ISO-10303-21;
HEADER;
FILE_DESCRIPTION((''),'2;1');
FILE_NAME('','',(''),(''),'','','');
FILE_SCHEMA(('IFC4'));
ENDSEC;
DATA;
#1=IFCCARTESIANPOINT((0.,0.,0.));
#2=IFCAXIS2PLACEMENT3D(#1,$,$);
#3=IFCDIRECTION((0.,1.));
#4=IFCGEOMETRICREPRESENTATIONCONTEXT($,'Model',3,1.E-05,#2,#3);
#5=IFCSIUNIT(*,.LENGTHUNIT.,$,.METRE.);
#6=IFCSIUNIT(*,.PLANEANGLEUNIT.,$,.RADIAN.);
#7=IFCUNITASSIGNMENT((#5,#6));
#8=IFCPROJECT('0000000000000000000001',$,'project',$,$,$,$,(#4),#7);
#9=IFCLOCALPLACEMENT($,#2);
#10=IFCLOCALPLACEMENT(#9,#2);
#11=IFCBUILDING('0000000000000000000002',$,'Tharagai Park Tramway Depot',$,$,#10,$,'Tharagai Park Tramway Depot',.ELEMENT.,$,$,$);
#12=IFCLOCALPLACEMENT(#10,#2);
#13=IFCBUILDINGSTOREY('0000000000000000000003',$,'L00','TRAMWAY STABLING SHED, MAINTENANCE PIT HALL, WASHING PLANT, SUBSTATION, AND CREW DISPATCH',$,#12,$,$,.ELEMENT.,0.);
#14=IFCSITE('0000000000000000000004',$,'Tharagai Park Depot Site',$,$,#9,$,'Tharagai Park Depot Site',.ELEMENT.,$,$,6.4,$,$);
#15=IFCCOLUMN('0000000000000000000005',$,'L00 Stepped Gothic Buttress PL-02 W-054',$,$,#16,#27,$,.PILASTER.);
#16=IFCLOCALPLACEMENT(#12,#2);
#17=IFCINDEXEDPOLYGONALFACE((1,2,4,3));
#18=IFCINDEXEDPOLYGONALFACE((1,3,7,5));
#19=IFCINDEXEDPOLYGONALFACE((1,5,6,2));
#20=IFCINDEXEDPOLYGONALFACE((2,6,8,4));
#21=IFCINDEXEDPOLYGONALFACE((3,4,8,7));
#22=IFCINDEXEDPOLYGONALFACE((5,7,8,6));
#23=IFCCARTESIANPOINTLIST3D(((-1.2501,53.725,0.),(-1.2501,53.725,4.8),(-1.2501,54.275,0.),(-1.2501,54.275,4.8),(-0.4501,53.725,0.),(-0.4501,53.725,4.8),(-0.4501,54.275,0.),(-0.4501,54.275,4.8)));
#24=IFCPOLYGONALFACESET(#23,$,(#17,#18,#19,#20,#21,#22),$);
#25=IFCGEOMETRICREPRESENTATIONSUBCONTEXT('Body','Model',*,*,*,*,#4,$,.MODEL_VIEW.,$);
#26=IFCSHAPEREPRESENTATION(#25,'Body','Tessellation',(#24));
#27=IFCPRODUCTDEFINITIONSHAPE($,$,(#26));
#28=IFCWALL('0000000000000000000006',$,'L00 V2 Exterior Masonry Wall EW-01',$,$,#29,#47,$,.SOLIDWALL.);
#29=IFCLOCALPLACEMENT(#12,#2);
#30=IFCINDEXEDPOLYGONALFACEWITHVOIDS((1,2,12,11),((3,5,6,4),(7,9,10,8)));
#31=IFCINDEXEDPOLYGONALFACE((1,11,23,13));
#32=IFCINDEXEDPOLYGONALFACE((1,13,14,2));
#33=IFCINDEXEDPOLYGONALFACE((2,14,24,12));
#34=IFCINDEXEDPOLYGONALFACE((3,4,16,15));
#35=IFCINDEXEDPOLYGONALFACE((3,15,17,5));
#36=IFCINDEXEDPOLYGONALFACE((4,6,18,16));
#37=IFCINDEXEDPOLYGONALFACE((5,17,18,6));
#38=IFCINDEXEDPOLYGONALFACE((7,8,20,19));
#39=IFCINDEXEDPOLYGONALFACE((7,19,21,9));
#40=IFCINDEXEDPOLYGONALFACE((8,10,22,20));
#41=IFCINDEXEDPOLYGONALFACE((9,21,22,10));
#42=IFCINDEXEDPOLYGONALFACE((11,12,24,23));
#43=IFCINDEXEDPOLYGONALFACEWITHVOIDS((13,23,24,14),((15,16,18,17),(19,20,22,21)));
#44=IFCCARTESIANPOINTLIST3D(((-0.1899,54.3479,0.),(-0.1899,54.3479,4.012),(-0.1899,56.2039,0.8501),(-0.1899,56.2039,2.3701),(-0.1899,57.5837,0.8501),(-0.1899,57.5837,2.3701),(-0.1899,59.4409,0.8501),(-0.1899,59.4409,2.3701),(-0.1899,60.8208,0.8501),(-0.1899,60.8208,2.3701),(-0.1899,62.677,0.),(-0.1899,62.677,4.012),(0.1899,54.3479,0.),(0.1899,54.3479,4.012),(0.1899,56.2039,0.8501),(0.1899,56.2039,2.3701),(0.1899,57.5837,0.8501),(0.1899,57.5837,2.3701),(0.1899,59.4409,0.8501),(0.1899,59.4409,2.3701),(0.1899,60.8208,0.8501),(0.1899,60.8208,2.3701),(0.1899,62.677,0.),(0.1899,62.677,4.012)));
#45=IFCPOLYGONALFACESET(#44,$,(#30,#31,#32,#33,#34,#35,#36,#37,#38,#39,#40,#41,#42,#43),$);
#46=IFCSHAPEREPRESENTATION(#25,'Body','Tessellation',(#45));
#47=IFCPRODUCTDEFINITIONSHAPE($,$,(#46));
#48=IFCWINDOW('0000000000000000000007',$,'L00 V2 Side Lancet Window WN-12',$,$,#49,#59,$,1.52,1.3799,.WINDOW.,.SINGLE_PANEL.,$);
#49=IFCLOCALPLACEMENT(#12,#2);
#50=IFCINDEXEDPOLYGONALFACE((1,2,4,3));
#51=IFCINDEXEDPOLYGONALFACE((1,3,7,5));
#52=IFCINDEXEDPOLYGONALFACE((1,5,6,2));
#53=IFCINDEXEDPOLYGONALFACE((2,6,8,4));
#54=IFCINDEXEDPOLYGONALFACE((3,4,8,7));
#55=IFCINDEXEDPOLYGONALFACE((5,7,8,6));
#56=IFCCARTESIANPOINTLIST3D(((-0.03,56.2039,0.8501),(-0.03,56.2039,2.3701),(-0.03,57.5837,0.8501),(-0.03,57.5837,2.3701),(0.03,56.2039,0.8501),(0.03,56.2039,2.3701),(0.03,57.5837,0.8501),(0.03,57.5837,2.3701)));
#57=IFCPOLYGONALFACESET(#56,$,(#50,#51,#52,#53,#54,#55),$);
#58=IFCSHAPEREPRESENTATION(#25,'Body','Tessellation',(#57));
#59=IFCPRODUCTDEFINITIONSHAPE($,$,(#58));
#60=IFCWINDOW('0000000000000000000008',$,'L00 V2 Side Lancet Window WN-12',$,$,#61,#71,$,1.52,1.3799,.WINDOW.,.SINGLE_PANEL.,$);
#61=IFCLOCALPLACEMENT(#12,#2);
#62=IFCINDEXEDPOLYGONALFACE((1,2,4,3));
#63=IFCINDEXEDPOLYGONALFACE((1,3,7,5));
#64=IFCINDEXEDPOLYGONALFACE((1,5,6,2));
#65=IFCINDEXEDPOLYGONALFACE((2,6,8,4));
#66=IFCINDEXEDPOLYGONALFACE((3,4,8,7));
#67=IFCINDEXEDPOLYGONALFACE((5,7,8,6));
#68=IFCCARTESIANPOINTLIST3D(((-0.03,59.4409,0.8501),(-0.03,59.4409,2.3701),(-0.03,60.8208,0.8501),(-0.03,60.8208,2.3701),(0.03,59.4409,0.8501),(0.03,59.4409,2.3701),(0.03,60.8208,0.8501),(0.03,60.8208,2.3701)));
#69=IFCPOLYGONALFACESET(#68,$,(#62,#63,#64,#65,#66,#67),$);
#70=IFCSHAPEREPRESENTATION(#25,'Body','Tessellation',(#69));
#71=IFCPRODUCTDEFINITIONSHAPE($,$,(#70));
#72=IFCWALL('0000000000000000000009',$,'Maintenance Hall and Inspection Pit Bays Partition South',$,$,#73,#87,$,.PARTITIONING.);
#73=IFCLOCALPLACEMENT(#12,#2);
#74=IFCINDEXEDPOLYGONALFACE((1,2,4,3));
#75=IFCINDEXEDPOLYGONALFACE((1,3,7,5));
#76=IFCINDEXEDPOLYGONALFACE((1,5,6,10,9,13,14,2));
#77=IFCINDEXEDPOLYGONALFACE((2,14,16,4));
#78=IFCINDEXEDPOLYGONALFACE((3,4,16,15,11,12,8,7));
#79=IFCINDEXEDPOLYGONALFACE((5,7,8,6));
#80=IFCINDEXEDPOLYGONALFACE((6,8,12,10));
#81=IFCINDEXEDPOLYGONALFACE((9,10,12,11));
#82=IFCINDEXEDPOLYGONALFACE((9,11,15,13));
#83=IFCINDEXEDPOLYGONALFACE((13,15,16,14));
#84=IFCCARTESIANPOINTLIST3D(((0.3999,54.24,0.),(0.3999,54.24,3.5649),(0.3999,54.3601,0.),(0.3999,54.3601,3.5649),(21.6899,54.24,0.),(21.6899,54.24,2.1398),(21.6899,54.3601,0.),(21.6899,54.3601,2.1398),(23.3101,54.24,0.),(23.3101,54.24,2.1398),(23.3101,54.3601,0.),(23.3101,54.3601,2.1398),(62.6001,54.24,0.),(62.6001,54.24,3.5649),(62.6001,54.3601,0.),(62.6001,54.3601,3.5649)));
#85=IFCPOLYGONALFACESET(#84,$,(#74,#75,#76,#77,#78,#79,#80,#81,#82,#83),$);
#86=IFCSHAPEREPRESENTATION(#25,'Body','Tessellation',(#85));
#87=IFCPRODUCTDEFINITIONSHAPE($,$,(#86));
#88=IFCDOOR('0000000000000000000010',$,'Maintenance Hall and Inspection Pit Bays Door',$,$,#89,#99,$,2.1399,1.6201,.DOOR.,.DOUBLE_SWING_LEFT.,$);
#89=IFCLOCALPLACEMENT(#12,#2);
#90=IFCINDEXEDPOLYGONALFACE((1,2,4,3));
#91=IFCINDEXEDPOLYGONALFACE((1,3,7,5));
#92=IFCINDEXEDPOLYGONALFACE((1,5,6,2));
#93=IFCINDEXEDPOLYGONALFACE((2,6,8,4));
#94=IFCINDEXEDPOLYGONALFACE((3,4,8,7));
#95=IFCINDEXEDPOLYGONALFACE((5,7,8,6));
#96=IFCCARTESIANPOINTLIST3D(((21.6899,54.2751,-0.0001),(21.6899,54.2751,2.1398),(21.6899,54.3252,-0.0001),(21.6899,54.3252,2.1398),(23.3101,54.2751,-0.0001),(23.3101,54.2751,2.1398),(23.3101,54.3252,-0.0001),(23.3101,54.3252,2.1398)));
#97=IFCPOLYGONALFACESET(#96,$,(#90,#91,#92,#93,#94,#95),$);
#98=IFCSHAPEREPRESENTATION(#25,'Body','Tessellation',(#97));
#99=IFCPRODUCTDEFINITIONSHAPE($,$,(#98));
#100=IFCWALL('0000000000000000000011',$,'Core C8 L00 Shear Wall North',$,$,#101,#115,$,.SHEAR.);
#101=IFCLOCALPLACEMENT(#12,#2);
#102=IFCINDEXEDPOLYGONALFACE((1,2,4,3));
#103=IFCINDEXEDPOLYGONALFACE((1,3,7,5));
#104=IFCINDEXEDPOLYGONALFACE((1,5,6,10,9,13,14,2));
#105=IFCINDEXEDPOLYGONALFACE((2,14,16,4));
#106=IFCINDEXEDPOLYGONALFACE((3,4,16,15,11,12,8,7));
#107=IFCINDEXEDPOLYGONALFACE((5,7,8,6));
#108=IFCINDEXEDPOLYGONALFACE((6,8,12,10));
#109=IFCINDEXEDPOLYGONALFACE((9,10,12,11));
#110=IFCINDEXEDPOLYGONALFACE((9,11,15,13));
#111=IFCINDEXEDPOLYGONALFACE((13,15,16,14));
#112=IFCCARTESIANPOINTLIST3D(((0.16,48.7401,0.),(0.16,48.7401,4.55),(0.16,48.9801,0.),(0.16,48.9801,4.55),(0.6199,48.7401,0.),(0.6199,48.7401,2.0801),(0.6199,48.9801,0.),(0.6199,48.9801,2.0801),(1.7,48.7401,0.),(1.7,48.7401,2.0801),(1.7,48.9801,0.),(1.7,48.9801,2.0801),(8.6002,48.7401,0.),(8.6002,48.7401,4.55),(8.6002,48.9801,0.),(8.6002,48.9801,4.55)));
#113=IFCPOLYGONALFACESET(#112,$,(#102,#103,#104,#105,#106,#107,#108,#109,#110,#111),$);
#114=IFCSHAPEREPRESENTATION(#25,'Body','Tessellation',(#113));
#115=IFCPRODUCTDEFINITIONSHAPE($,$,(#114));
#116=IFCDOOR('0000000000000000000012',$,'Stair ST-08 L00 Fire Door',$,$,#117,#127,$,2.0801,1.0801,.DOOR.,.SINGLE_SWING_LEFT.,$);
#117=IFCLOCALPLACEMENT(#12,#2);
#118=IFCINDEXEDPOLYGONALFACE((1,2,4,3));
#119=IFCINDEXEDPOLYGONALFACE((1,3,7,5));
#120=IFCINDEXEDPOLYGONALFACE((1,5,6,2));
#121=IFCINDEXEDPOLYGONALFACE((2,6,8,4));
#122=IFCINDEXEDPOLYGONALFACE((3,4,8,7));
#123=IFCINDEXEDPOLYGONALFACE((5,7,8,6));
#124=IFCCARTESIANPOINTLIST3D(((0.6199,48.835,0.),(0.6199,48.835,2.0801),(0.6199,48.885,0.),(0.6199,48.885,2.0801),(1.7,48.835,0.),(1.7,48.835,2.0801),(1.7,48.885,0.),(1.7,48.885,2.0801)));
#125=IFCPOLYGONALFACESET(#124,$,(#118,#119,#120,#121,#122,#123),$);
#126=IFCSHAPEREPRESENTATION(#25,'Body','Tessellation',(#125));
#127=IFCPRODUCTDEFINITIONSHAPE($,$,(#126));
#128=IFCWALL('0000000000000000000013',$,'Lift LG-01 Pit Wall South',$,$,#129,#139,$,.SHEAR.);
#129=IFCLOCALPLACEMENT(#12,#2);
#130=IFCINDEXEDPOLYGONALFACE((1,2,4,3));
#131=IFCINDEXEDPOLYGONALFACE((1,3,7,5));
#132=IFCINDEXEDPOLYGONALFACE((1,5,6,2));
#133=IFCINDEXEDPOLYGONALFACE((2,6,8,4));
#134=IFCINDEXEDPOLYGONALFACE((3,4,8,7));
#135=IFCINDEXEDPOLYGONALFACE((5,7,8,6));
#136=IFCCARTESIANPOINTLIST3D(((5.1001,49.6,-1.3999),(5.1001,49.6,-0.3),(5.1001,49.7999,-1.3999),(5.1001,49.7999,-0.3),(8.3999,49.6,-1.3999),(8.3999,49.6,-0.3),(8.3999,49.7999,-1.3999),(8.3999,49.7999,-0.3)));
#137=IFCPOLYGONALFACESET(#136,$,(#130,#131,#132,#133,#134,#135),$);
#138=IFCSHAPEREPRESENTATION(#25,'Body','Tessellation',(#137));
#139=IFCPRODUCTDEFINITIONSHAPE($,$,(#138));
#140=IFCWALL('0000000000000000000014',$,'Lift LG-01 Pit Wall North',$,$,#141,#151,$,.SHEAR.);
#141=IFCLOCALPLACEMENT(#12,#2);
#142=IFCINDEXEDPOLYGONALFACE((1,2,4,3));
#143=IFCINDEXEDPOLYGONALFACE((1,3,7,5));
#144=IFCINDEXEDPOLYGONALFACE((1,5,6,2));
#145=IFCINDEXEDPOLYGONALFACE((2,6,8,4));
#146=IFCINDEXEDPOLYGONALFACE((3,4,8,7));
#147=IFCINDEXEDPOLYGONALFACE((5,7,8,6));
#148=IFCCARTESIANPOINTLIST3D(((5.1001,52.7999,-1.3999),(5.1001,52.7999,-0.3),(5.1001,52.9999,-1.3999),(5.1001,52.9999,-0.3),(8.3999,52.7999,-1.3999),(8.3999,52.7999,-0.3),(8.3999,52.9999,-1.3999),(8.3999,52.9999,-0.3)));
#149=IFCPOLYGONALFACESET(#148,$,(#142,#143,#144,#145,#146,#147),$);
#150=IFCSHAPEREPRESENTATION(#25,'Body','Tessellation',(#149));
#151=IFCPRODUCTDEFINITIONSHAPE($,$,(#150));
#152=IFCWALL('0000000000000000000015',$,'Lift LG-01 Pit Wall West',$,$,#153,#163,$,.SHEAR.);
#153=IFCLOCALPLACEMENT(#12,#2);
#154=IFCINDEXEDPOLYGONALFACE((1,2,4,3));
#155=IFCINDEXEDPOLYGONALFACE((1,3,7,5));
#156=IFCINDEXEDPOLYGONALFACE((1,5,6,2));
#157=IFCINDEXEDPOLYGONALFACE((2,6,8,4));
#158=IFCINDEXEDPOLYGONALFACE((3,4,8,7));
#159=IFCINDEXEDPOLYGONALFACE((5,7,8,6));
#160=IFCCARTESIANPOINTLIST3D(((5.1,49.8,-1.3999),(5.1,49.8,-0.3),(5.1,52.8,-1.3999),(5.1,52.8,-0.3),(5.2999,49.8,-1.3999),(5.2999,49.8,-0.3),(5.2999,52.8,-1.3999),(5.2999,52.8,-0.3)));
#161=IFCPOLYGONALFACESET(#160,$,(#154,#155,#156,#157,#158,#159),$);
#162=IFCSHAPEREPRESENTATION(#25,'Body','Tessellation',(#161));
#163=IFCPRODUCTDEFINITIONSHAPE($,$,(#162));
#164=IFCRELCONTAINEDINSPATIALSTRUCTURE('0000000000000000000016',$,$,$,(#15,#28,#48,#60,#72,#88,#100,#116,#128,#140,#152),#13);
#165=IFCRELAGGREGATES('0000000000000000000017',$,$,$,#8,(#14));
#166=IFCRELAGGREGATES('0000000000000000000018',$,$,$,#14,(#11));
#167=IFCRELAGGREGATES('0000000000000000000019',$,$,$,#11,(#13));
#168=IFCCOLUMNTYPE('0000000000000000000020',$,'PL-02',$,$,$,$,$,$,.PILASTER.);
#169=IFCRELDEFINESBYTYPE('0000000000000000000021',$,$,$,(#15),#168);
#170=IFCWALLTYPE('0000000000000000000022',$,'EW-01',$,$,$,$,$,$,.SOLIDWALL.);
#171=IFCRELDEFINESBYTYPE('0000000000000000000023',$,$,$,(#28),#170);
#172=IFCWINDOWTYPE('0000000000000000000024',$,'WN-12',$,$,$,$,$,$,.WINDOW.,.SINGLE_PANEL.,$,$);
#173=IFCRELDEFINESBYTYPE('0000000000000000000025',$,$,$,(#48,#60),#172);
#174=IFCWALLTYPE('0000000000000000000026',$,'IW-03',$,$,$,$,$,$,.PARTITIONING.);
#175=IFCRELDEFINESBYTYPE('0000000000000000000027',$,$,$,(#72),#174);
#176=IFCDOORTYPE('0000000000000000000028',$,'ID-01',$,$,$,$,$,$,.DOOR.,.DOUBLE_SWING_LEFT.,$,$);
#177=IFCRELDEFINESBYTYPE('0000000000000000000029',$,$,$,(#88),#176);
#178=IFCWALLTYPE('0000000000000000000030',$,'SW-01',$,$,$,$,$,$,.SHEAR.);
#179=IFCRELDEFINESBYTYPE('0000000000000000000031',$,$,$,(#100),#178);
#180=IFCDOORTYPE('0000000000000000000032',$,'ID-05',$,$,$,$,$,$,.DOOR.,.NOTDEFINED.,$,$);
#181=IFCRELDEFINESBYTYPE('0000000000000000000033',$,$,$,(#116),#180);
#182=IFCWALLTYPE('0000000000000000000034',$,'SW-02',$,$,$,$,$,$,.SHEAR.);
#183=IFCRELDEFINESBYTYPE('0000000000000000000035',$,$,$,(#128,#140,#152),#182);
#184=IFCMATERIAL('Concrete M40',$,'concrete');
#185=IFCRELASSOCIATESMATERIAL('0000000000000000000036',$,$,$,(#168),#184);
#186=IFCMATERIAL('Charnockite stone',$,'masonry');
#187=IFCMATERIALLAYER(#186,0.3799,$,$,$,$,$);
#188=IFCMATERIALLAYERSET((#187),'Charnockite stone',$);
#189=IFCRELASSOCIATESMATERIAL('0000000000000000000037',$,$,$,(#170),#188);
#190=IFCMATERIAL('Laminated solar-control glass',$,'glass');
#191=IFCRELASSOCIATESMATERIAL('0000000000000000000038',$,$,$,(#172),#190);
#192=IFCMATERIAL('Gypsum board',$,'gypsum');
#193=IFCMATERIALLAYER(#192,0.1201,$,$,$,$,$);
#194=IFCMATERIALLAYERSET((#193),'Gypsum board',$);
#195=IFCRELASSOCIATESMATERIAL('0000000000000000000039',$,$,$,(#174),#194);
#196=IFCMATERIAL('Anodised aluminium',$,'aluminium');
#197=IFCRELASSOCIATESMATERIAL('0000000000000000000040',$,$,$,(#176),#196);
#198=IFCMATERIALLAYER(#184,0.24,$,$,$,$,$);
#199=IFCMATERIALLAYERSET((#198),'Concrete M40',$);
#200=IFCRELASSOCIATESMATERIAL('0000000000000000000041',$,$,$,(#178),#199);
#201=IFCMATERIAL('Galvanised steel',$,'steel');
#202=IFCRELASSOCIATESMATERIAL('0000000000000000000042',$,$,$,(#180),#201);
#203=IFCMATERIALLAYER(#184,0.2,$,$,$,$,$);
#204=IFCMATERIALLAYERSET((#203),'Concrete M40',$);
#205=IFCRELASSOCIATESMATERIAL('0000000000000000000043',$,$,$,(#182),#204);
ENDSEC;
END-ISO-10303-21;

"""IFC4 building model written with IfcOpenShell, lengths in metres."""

from ifc_helpers import new_model, si_unit, direction, frame, frame_2d, origin, origin_2d, place, context, subcontext, project, spatial, rectangle, extrude, material, layer, layer_set, material_profile, profile_set, type_object, element, fill, save


model = new_model("IFC4")

# Units and contexts
model_context = context("Model", 3, precision=1e-05, world=origin(), true_north=direction((0.0, 1.0)))
body_context = subcontext(model_context, "Body", "Model", "MODEL_VIEW")
ifc_project = project(units=[si_unit("LENGTHUNIT", "METRE"), si_unit("PLANEANGLEUNIT", "RADIAN")], contexts=[model_context])

# Site, building, storey
site_placement = place(None, origin())
site = spatial("IfcSite", under=ifc_project, at=site_placement, Name="Tharagai Park Depot Site", LongName="Tharagai Park Depot Site", CompositionType="ELEMENT", RefElevation=6.4)
building_placement = place(site_placement, origin())
building = spatial("IfcBuilding", under=site, at=building_placement, Name="Tharagai Park Tramway Depot", LongName="Tharagai Park Tramway Depot", CompositionType="ELEMENT")
storey_placement = place(building_placement, origin())
storey = spatial("IfcBuildingStorey", under=building, at=storey_placement, Name="L00", Description="TRAMWAY STABLING SHED, MAINTENANCE PIT HALL, WASHING PLANT, SUBSTATION, AND CREW DISPATCH", CompositionType="ELEMENT", Elevation=0.0)

# Shared definitions
ifc_material_1 = material(Name="Concrete M40", Category="concrete")

# Column
ifc_material_profile_1 = material_profile(ifc_material_1, rectangle(XDim=0.55, YDim=0.8, at=origin_2d()), Name="RC 550x800")
ifc_profile_set_1 = profile_set([ifc_material_profile_1], Name="Concrete M40")
column_type_1 = type_object("IfcColumnType", Name="PL-02", PredefinedType="PILASTER", material=ifc_profile_set_1)
column_1_placement = place(storey_placement, frame((-0.8501, 54.0, 0.0), z_axis=(0.0, 0.0, 1.0), x_axis=(0.0, 1.0, 0.0)))
element("IfcColumn", 1, at=column_1_placement, inside=storey, type_object=column_type_1, Name="L00 Stepped Gothic Buttress PL-02 W-054", PredefinedType="PILASTER", context=body_context, shape_type="SweptSolid", body=[
    extrude(rectangle(XDim=0.55, YDim=0.8, at=origin_2d()), origin(), (0.0, 0.0, 1.0), 4.8),
])

# Wall, openings, windows
ifc_material_2 = material(Name="Charnockite stone", Category="masonry")
ifc_layer_1 = layer(ifc_material_2, 0.3799)
ifc_layer_set_1 = layer_set([ifc_layer_1], Name="Charnockite stone")
wall_type_1 = type_object("IfcWallType", Name="EW-01", PredefinedType="SOLIDWALL", material=ifc_layer_set_1)
wall_1_placement = place(storey_placement, frame((0.0, 54.3479, 0.0), z_axis=(0.0, 0.0, 1.0), x_axis=(0.0, 1.0, 0.0)))
wall_1 = element("IfcWall", 2, at=wall_1_placement, inside=storey, type_object=wall_type_1, Name="L00 V2 Exterior Masonry Wall EW-01", PredefinedType="SOLIDWALL", context=body_context, shape_type="SweptSolid", body=[
    extrude(rectangle(XDim=8.3291, YDim=0.3799, at=frame_2d((4.1646, 0.0))), origin(), (0.0, 0.0, 1.0), 4.012),
])
opening_1_placement = place(wall_1_placement, frame((1.856, 0.0, 0.8501)))
opening_1 = element("IfcOpeningElement", 3, at=opening_1_placement, cuts=wall_1, PredefinedType="OPENING", context=body_context, shape_type="SweptSolid", body=[
    extrude(rectangle(XDim=1.3799, YDim=1.52, at=frame_2d((0.6899, 0.76))), frame((0.0, 0.2, 0.0), z_axis=(0.0, -1.0, 0.0), x_axis=(1.0, 0.0, 0.0)), (0.0, 0.0, 1.0), 0.3999),
])
opening_2_placement = place(wall_1_placement, frame((5.093, 0.0, 0.8501)))
opening_2 = element("IfcOpeningElement", 4, at=opening_2_placement, cuts=wall_1, PredefinedType="OPENING", context=body_context, shape_type="SweptSolid", body=[
    extrude(rectangle(XDim=1.3799, YDim=1.52, at=frame_2d((0.6899, 0.76))), frame((0.0, 0.2, 0.0), z_axis=(0.0, -1.0, 0.0), x_axis=(1.0, 0.0, 0.0)), (0.0, 0.0, 1.0), 0.3999),
])
ifc_material_3 = material(Name="Laminated solar-control glass", Category="glass")
window_type = type_object("IfcWindowType", Name="WN-12", PartitioningType="SINGLE_PANEL", PredefinedType="WINDOW", material=ifc_material_3)
window_1_placement = place(opening_1_placement, origin())
window_1 = element("IfcWindow", 5, at=window_1_placement, inside=storey, type_object=window_type, Name="L00 V2 Side Lancet Window WN-12", OverallHeight=1.52, OverallWidth=1.3799, PartitioningType="SINGLE_PANEL", PredefinedType="WINDOW", context=body_context, shape_type="SweptSolid", body=[
    extrude(rectangle(XDim=1.3799, YDim=1.52, at=frame_2d((0.6899, 0.76))), frame((0.0, 0.03, 0.0), z_axis=(0.0, -1.0, 0.0), x_axis=(1.0, 0.0, 0.0)), (0.0, 0.0, 1.0), 0.0601),
])
fill(opening_1, window_1)
window_2_placement = place(opening_2_placement, origin())
window_2 = element("IfcWindow", 6, at=window_2_placement, inside=storey, type_object=window_type, Name="L00 V2 Side Lancet Window WN-12", OverallHeight=1.52, OverallWidth=1.3799, PartitioningType="SINGLE_PANEL", PredefinedType="WINDOW", context=body_context, shape_type="SweptSolid", body=[
    extrude(rectangle(XDim=1.3799, YDim=1.52, at=frame_2d((0.6899, 0.76))), frame((0.0, 0.03, 0.0), z_axis=(0.0, -1.0, 0.0), x_axis=(1.0, 0.0, 0.0)), (0.0, 0.0, 1.0), 0.0601),
])
fill(opening_2, window_2)

# Walls, openings, doors
ifc_material_4 = material(Name="Gypsum board", Category="gypsum")
ifc_layer_2 = layer(ifc_material_4, 0.1201)
ifc_layer_set_2 = layer_set([ifc_layer_2], Name="Gypsum board")
wall_type_2 = type_object("IfcWallType", Name="IW-03", PredefinedType="PARTITIONING", material=ifc_layer_set_2)
wall_2_placement = place(storey_placement, frame((0.3999, 54.3, 0.0), z_axis=(0.0, 0.0, 1.0), x_axis=(1.0, 0.0, 0.0)))
wall_2 = element("IfcWall", 7, at=wall_2_placement, inside=storey, type_object=wall_type_2, Name="Maintenance Hall and Inspection Pit Bays Partition South", PredefinedType="PARTITIONING", context=body_context, shape_type="SweptSolid", body=[
    extrude(rectangle(XDim=62.2002, YDim=0.1201, at=frame_2d((31.1001, 0.0))), origin(), (0.0, 0.0, 1.0), 3.5649),
])
opening_3_placement = place(wall_2_placement, frame((21.29, 0.0, 0.0)))
opening_3 = element("IfcOpeningElement", 8, at=opening_3_placement, cuts=wall_2, PredefinedType="OPENING", context=body_context, shape_type="SweptSolid", body=[
    extrude(rectangle(XDim=1.6201, YDim=2.1399, at=frame_2d((0.8101, 1.0698))), frame((0.0, 0.0701, 0.0), z_axis=(0.0, -1.0, 0.0), x_axis=(1.0, 0.0, 0.0)), (0.0, 0.0, 1.0), 0.1401),
])
ifc_material_5 = material(Name="Anodised aluminium", Category="aluminium")
door_type_1 = type_object("IfcDoorType", Name="ID-01", OperationType="DOUBLE_SWING_LEFT", PredefinedType="DOOR", material=ifc_material_5)
door_1_placement = place(opening_3_placement, frame((1.6201, 0.0, 0.0), z_axis=(0.0, 0.0, 1.0), x_axis=(-1.0, 0.0, 0.0)))
door_1 = element("IfcDoor", 9, at=door_1_placement, inside=storey, type_object=door_type_1, Name="Maintenance Hall and Inspection Pit Bays Door", OperationType="DOUBLE_SWING_LEFT", OverallHeight=2.1399, OverallWidth=1.6201, PredefinedType="DOOR", context=body_context, shape_type="SweptSolid", body=[
    extrude(rectangle(XDim=1.6201, YDim=2.1399, at=frame_2d((0.8101, 1.0698))), frame((0.0, 0.0249, 0.0), z_axis=(0.0, -1.0, 0.0), x_axis=(1.0, 0.0, 0.0)), (0.0, 0.0, 1.0), 0.05),
])
fill(opening_3, door_1)
ifc_layer_3 = layer(ifc_material_1, 0.24)
ifc_layer_set_3 = layer_set([ifc_layer_3], Name="Concrete M40")
wall_type_3 = type_object("IfcWallType", Name="SW-01", PredefinedType="SHEAR", material=ifc_layer_set_3)
wall_3_placement = place(storey_placement, frame((0.1599, 48.8601, 0.0), z_axis=(0.0, 0.0, 1.0), x_axis=(1.0, 0.0, 0.0)))
wall_3 = element("IfcWall", 10, at=wall_3_placement, inside=storey, type_object=wall_type_3, Name="Core C8 L00 Shear Wall North", PredefinedType="SHEAR", context=body_context, shape_type="SweptSolid", body=[
    extrude(rectangle(XDim=8.4402, YDim=0.24, at=frame_2d((4.2202, 0.0))), origin(), (0.0, 0.0, 1.0), 4.55),
])
opening_4_placement = place(wall_3_placement, frame((0.46, 0.0, 0.0)))
opening_4 = element("IfcOpeningElement", 11, at=opening_4_placement, cuts=wall_3, PredefinedType="OPENING", context=body_context, shape_type="SweptSolid", body=[
    extrude(rectangle(XDim=1.0801, YDim=2.0801, at=frame_2d((0.54, 1.04))), frame((0.0, 0.1299, 0.0), z_axis=(0.0, -1.0, 0.0), x_axis=(1.0, 0.0, 0.0)), (0.0, 0.0, 1.0), 0.26),
])
ifc_material_6 = material(Name="Galvanised steel", Category="steel")
door_type_2 = type_object("IfcDoorType", Name="ID-05", OperationType="NOTDEFINED", PredefinedType="DOOR", material=ifc_material_6)
door_2_placement = place(opening_4_placement, origin())
door_2 = element("IfcDoor", 12, at=door_2_placement, inside=storey, type_object=door_type_2, Name="Stair ST-08 L00 Fire Door", OperationType="SINGLE_SWING_LEFT", OverallHeight=2.0801, OverallWidth=1.0801, PredefinedType="DOOR", context=body_context, shape_type="SweptSolid", body=[
    extrude(rectangle(XDim=1.0801, YDim=2.0801, at=frame_2d((0.54, 1.04))), frame((0.0, 0.0249, 0.0), z_axis=(0.0, -1.0, 0.0), x_axis=(1.0, 0.0, 0.0)), (0.0, 0.0, 1.0), 0.05),
])
fill(opening_4, door_2)

# Walls
ifc_layer_4 = layer(ifc_material_1, 0.2)
ifc_layer_set_4 = layer_set([ifc_layer_4], Name="Concrete M40")
wall_type_4 = type_object("IfcWallType", Name="SW-02", PredefinedType="SHEAR", material=ifc_layer_set_4)
for number, where, z_axis, x_axis, name in (
    (13, (5.1001, 49.7, -1.3999), (0.0, 0.0, 1.0), (1.0, 0.0, 0.0), "Lift LG-01 Pit Wall South"),
    (14, (5.1001, 52.8999, -1.3999), (0.0, 0.0, 1.0), (1.0, 0.0, 0.0), "Lift LG-01 Pit Wall North"),
):
    element("IfcWall", number, at=place(storey_placement, frame(where, z_axis=z_axis, x_axis=x_axis)), inside=storey, type_object=wall_type_4, Name=name, PredefinedType="SHEAR", context=body_context, shape_type="SweptSolid", body=[
        extrude(rectangle(XDim=3.2998, YDim=0.2, at=frame_2d((1.6499, 0.0))), origin(), (0.0, 0.0, 1.0), 1.0999),
    ])
wall_4_placement = place(storey_placement, frame((5.2, 49.8, -1.3999), z_axis=(0.0, 0.0, 1.0), x_axis=(0.0, 1.0, 0.0)))
element("IfcWall", 15, at=wall_4_placement, inside=storey, type_object=wall_type_4, Name="Lift LG-01 Pit Wall West", PredefinedType="SHEAR", context=body_context, shape_type="SweptSolid", body=[
    extrude(rectangle(XDim=3.0, YDim=0.2, at=frame_2d((1.5, 0.0))), origin(), (0.0, 0.0, 1.0), 1.0999),
])

save(model, "model.ifc")
